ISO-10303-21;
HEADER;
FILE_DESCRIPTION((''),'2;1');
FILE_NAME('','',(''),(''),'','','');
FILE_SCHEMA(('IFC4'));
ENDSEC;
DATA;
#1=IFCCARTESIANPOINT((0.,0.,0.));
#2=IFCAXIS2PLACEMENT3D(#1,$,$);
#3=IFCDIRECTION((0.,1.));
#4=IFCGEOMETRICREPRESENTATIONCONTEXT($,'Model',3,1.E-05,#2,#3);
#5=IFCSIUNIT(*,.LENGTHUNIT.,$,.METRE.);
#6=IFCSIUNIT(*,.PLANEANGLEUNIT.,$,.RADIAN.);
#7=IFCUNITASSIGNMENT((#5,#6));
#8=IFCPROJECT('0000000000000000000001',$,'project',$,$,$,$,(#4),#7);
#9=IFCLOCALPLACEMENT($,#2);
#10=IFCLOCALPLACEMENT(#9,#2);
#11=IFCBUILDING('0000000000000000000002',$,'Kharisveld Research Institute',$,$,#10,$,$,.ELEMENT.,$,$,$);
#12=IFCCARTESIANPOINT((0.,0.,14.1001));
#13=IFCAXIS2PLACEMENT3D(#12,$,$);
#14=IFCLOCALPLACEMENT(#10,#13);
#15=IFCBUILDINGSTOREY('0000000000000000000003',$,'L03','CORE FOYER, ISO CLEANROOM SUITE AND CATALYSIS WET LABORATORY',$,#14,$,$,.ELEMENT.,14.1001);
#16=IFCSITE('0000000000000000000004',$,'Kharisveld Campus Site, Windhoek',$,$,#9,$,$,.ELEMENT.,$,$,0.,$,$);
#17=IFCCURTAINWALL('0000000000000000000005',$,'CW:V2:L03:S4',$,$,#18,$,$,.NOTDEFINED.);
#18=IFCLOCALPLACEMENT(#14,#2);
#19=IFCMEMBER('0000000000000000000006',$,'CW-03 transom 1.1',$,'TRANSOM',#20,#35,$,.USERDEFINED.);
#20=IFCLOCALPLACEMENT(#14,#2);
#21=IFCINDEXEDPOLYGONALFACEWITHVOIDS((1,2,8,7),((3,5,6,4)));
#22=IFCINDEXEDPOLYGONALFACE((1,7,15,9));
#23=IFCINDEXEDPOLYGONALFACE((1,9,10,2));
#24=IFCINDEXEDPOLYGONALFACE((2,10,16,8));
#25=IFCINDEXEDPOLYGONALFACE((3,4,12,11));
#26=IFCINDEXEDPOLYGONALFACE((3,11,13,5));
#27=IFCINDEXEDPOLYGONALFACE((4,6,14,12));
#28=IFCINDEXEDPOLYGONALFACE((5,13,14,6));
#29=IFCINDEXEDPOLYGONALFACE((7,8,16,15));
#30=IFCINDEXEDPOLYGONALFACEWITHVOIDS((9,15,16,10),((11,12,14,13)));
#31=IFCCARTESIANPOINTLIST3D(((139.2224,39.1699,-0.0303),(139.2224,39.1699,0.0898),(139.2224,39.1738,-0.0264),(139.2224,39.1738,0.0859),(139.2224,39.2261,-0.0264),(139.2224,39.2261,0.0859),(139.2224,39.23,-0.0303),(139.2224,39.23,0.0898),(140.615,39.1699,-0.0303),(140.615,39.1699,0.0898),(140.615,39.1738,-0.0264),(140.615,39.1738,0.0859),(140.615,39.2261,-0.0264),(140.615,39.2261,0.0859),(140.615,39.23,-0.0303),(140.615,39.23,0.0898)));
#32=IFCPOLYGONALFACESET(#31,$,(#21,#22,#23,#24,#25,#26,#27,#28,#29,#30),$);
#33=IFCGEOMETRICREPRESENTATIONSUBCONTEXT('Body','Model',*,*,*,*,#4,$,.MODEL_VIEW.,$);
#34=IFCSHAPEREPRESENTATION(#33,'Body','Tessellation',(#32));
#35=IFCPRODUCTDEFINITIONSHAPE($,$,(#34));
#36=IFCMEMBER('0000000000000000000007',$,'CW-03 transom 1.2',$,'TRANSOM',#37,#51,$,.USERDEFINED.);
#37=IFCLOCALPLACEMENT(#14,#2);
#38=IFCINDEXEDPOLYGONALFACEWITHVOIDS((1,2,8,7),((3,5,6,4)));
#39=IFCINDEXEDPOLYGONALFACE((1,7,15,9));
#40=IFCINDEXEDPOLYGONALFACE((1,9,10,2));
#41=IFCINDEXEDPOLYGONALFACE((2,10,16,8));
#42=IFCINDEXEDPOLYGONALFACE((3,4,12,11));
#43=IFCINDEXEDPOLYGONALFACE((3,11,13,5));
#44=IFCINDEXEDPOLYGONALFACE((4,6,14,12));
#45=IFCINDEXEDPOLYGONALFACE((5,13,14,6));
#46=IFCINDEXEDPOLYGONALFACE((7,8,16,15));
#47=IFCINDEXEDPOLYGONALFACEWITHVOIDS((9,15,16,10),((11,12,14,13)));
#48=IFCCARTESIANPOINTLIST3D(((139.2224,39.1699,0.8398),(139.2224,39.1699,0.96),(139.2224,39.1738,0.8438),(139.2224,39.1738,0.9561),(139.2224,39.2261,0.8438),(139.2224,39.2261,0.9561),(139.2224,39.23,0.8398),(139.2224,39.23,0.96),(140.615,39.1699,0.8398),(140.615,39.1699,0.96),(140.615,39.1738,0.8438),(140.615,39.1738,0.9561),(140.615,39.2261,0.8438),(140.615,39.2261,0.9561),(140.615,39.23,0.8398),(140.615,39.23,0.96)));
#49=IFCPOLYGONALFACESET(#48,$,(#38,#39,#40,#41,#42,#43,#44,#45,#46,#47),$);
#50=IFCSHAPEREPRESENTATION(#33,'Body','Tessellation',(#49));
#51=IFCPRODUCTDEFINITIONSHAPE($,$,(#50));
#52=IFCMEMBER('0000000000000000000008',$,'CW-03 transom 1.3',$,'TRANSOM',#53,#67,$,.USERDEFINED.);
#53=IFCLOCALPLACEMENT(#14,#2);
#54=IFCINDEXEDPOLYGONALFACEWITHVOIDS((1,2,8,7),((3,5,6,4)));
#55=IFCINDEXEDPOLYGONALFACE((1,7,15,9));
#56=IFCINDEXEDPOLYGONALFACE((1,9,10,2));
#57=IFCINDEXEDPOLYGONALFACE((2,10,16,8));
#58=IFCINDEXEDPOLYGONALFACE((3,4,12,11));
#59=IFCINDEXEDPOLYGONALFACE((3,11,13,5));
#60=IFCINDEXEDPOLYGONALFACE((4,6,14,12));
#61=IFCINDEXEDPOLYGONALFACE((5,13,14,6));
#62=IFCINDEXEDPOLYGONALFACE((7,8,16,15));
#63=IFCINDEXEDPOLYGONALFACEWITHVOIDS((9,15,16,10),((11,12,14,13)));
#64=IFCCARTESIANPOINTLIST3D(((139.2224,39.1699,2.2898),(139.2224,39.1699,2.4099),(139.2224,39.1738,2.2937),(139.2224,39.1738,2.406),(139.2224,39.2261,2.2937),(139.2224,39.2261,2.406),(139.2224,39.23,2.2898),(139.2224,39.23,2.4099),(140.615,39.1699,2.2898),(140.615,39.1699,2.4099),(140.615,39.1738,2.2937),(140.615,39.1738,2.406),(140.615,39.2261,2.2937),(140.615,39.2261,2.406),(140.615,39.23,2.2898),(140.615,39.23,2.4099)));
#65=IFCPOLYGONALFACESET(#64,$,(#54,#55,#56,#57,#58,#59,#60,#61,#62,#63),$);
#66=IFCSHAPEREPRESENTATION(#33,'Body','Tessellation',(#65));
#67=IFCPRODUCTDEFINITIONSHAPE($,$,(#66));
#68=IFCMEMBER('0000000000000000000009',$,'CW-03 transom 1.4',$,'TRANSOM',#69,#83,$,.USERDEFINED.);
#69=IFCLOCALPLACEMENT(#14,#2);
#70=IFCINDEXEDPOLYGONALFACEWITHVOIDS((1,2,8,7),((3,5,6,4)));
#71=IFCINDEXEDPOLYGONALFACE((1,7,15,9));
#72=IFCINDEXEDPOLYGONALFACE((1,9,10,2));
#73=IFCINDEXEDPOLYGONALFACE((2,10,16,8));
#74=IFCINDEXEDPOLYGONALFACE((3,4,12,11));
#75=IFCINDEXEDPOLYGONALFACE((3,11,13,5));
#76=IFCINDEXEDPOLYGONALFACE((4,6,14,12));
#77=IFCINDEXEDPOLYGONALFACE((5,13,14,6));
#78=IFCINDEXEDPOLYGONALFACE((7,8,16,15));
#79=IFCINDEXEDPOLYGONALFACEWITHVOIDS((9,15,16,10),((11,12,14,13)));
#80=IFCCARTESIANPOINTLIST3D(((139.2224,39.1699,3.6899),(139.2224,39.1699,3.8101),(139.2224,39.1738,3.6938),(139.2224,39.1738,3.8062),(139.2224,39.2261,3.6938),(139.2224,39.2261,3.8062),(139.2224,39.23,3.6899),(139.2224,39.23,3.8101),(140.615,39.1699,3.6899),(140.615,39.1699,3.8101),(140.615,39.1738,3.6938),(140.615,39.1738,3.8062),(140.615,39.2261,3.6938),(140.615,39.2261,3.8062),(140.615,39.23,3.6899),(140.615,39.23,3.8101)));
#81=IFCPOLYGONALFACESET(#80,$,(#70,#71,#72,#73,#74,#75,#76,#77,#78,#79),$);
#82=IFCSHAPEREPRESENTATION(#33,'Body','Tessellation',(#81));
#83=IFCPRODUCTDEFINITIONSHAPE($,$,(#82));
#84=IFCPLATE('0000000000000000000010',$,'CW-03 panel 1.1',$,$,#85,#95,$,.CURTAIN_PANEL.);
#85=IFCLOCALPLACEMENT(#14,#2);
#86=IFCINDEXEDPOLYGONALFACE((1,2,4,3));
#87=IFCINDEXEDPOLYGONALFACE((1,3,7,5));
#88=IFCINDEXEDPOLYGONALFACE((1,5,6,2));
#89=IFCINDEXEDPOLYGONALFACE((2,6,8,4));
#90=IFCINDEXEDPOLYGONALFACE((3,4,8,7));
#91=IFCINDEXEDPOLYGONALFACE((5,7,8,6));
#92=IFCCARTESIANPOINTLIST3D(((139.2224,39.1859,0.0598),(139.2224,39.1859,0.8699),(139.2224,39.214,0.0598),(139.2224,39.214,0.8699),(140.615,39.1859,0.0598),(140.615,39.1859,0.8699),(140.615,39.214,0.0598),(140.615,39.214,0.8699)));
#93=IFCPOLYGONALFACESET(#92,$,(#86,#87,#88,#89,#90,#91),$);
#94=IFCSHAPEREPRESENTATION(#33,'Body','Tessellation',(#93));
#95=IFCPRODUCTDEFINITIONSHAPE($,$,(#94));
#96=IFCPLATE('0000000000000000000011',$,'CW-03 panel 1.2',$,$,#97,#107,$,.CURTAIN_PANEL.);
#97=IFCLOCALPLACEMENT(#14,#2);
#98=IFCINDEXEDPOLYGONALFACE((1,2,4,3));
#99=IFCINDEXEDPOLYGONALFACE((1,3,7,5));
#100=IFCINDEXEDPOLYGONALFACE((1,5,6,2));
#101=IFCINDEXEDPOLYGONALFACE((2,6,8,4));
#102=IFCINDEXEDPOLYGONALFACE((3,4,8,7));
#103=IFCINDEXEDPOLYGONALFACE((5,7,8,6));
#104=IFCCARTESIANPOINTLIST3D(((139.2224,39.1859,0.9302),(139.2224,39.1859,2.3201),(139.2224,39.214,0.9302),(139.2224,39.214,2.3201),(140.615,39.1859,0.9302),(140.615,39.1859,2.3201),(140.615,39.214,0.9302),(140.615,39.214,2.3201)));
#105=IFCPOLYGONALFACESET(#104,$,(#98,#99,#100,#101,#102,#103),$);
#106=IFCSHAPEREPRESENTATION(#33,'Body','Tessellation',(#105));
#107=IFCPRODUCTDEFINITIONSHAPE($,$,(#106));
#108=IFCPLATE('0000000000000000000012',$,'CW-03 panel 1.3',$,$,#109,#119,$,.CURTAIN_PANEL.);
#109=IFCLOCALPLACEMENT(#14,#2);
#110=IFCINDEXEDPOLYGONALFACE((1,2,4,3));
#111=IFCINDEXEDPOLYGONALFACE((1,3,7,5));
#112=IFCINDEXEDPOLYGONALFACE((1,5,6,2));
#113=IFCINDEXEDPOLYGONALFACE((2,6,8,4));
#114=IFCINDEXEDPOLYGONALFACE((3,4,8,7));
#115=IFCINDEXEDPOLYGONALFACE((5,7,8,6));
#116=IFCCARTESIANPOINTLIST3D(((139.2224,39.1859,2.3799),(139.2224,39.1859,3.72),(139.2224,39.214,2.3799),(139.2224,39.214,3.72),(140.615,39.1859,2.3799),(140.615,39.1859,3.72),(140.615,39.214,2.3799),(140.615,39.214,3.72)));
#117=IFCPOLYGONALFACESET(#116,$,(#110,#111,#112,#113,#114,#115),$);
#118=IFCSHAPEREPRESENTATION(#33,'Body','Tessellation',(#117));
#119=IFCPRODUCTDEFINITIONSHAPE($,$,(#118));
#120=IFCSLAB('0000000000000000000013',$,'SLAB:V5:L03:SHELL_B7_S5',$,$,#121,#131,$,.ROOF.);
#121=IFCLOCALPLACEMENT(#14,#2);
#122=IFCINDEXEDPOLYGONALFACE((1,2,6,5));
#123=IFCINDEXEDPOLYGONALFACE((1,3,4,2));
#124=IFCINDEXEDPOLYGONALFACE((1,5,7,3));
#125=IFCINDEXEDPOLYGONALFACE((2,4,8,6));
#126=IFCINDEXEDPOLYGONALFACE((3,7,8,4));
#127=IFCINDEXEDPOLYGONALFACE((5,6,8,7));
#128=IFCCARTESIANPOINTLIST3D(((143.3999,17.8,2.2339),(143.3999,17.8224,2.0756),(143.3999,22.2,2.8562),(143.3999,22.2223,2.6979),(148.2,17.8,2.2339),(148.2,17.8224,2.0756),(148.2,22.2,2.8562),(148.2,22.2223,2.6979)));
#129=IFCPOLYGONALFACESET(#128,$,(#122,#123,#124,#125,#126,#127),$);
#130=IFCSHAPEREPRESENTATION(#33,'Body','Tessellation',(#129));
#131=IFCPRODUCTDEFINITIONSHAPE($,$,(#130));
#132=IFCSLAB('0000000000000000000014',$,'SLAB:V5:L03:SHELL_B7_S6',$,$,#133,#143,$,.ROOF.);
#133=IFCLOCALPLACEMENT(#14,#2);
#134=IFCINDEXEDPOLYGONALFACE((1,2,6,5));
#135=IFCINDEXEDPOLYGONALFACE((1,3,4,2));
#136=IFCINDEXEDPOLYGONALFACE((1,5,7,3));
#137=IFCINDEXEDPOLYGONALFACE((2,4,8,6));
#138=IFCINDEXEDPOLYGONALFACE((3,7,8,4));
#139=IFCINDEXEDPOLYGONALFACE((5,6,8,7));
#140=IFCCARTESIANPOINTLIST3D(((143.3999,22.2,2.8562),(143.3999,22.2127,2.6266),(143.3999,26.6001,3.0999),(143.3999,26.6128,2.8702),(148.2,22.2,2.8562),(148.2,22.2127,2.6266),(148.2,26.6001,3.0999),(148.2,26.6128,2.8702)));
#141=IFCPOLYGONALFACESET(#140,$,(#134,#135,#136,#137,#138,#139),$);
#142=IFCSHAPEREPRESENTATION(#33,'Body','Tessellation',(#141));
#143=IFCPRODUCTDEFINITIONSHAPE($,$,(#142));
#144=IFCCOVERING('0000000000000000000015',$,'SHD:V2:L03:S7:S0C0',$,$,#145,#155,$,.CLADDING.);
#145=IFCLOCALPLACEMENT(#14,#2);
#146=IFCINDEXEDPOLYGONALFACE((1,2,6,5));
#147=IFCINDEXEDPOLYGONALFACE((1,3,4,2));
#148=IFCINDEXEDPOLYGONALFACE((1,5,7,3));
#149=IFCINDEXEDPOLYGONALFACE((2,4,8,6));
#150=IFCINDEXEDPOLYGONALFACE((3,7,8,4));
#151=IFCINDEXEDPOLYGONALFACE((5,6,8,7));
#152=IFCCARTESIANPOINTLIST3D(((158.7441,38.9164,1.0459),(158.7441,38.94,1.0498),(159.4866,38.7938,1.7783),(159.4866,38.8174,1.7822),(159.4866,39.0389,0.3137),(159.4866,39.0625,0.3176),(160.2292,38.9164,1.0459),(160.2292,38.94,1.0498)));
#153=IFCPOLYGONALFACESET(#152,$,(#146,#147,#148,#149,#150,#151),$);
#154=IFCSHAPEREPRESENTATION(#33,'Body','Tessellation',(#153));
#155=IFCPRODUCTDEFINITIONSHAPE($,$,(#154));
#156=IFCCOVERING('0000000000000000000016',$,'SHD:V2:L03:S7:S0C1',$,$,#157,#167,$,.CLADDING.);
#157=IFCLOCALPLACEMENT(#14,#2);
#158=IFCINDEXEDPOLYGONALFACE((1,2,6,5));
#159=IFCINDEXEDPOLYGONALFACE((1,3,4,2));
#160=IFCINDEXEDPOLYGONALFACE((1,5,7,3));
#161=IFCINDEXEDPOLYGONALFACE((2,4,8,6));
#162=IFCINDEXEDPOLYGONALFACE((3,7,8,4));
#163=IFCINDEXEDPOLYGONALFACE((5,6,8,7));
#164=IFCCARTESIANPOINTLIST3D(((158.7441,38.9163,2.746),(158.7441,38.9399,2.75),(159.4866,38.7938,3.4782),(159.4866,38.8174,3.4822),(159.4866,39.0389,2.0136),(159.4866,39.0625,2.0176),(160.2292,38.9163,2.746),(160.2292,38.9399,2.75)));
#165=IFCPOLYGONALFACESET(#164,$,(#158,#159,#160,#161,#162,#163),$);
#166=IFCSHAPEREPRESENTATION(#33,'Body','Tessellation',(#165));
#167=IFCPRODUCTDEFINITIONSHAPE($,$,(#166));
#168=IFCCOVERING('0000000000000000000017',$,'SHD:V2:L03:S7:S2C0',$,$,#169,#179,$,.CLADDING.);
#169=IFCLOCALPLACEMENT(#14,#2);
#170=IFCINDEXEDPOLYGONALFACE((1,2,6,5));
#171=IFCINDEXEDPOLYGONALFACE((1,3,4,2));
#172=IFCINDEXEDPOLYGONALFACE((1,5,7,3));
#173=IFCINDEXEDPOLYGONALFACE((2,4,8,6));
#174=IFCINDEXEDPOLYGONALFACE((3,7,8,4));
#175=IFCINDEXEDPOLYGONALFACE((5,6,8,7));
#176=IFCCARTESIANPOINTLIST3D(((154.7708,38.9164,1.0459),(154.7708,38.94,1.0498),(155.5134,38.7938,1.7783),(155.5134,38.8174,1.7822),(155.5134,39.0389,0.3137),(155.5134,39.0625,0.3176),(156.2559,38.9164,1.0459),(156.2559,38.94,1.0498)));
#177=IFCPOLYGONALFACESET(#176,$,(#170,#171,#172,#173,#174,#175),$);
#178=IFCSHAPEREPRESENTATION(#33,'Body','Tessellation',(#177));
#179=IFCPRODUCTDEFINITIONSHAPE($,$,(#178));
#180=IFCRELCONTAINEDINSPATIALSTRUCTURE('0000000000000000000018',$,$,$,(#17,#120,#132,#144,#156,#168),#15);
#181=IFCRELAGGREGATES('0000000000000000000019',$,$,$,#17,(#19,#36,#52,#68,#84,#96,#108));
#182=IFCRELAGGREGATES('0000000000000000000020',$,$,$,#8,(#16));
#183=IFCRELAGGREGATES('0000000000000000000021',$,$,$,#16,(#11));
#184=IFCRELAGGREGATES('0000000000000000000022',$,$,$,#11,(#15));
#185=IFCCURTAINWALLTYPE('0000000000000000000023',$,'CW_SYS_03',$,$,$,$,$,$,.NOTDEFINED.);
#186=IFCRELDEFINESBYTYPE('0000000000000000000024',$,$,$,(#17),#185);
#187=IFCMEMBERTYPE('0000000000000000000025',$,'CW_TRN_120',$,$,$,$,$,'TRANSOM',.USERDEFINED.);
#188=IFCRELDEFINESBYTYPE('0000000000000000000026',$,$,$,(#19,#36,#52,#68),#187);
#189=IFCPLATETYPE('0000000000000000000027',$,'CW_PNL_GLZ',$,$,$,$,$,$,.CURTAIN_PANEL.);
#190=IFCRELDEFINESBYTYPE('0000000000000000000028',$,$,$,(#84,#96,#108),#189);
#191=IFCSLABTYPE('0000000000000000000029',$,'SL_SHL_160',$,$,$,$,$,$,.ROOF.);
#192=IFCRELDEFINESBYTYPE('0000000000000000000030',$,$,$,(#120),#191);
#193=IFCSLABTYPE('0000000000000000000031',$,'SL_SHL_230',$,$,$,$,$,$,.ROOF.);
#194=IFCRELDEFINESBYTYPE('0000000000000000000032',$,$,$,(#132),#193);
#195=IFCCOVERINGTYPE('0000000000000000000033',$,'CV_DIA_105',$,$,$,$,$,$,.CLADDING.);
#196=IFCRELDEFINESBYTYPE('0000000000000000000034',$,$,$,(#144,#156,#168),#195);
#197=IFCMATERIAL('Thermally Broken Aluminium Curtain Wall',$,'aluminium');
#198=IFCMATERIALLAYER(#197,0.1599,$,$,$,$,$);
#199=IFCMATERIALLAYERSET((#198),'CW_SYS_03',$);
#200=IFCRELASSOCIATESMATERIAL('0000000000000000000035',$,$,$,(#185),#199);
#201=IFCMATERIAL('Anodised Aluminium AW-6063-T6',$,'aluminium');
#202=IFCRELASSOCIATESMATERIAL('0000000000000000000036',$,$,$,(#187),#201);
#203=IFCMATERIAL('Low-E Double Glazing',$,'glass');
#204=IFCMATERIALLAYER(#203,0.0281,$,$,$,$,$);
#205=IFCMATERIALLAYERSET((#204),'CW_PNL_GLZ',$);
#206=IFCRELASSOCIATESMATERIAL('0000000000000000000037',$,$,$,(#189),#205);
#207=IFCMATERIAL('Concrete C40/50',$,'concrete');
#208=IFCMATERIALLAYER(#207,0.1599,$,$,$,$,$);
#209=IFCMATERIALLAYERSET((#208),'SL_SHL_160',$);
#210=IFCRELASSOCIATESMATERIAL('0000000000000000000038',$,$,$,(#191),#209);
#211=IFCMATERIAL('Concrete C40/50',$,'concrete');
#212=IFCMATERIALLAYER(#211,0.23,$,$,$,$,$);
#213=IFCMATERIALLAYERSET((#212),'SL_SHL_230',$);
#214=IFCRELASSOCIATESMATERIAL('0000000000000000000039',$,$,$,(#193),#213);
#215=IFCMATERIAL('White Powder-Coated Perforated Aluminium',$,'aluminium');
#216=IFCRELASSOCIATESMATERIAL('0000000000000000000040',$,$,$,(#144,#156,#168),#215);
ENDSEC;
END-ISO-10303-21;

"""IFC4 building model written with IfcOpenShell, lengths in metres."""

from ifc_helpers import new_model, si_unit, direction, frame, origin, origin_2d, place, context, subcontext, project, spatial, polyline, rectangle, hollow_rectangle, outline, extrude, material, layer, layer_set, material_profile, profile_set, type_object, element, aggregate, save


model = new_model("IFC4")

# Units and contexts
model_context = context("Model", 3, precision=1e-05, world=origin(), true_north=direction((0.0, 1.0)))
body_context = subcontext(model_context, "Body", "Model", "MODEL_VIEW")
ifc_project = project(units=[si_unit("LENGTHUNIT", "METRE"), si_unit("PLANEANGLEUNIT", "RADIAN")], contexts=[model_context])

# Site, building, storey
site_placement = place(None, origin())
site = spatial("IfcSite", under=ifc_project, at=site_placement, Name="Kharisveld Campus Site, Windhoek", CompositionType="ELEMENT", RefElevation=0.0)
building_placement = place(site_placement, origin())
building = spatial("IfcBuilding", under=site, at=building_placement, Name="Kharisveld Research Institute", CompositionType="ELEMENT")
storey_placement = place(building_placement, frame((0.0, 0.0, 14.1001)))
storey = spatial("IfcBuildingStorey", under=building, at=storey_placement, Name="L03", Description="CORE FOYER, ISO CLEANROOM SUITE AND CATALYSIS WET LABORATORY", CompositionType="ELEMENT", Elevation=14.1001)

# Curtain wall, members, plates
ifc_material_1 = material(Name="Thermally Broken Aluminium Curtain Wall", Category="aluminium")
ifc_layer_1 = layer(ifc_material_1, 0.1599)
ifc_layer_set_1 = layer_set([ifc_layer_1], Name="CW_SYS_03")
curtain_wall_type = type_object("IfcCurtainWallType", Name="CW_SYS_03", PredefinedType="NOTDEFINED", material=ifc_layer_set_1)
curtain_wall_placement = place(storey_placement, origin())
curtain_wall = element("IfcCurtainWall", 1, at=curtain_wall_placement, inside=storey, type_object=curtain_wall_type, Name="CW:V2:L03:S4", PredefinedType="NOTDEFINED")
ifc_material_2 = material(Name="Anodised Aluminium AW-6063-T6", Category="aluminium")
ifc_material_profile = material_profile(ifc_material_2, hollow_rectangle(XDim=0.0601, YDim=0.1201, WallThickness=0.0039, at=origin_2d()))
ifc_profile_set = profile_set([ifc_material_profile], Name="Anodised Aluminium AW-6063-T6")
member_type = type_object("IfcMemberType", Name="CW_TRN_120", ElementType="TRANSOM", PredefinedType="USERDEFINED", material=ifc_profile_set)
member_1_placement = place(storey_placement, frame((140.615, 39.2, 0.0298), z_axis=(-1.0, 0.0, 0.0), x_axis=(0.0, -1.0, 0.0)))
member_1 = element("IfcMember", 2, at=member_1_placement, type_object=member_type, Name="CW-03 transom 1.1", ObjectType="TRANSOM", PredefinedType="USERDEFINED", context=body_context, shape_type="SweptSolid", body=[
    extrude(hollow_rectangle(XDim=0.0601, YDim=0.1201, WallThickness=0.0039, at=origin_2d()), origin(), (0.0, 0.0, 1.0), 1.3926),
])
member_2_placement = place(storey_placement, frame((140.615, 39.2, 0.8999), z_axis=(-1.0, 0.0, 0.0), x_axis=(0.0, -1.0, 0.0)))
member_2 = element("IfcMember", 3, at=member_2_placement, type_object=member_type, Name="CW-03 transom 1.2", ObjectType="TRANSOM", PredefinedType="USERDEFINED", context=body_context, shape_type="SweptSolid", body=[
    extrude(hollow_rectangle(XDim=0.0601, YDim=0.1201, WallThickness=0.0039, at=origin_2d()), origin(), (0.0, 0.0, 1.0), 1.3926),
])
member_3_placement = place(storey_placement, frame((140.615, 39.2, 2.3499), z_axis=(-1.0, 0.0, 0.0), x_axis=(0.0, -1.0, 0.0)))
member_3 = element("IfcMember", 4, at=member_3_placement, type_object=member_type, Name="CW-03 transom 1.3", ObjectType="TRANSOM", PredefinedType="USERDEFINED", context=body_context, shape_type="SweptSolid", body=[
    extrude(hollow_rectangle(XDim=0.0601, YDim=0.1201, WallThickness=0.0039, at=origin_2d()), origin(), (0.0, 0.0, 1.0), 1.3926),
])
member_4_placement = place(storey_placement, frame((140.615, 39.2, 3.75), z_axis=(-1.0, 0.0, 0.0), x_axis=(0.0, -1.0, 0.0)))
member_4 = element("IfcMember", 5, at=member_4_placement, type_object=member_type, Name="CW-03 transom 1.4", ObjectType="TRANSOM", PredefinedType="USERDEFINED", context=body_context, shape_type="SweptSolid", body=[
    extrude(hollow_rectangle(XDim=0.0601, YDim=0.1201, WallThickness=0.0039, at=origin_2d()), origin(), (0.0, 0.0, 1.0), 1.3926),
])
ifc_material_3 = material(Name="Low-E Double Glazing", Category="glass")
ifc_layer_2 = layer(ifc_material_3, 0.0281)
ifc_layer_set_2 = layer_set([ifc_layer_2], Name="CW_PNL_GLZ")
plate_type = type_object("IfcPlateType", Name="CW_PNL_GLZ", PredefinedType="CURTAIN_PANEL", material=ifc_layer_set_2)
plate_1_placement = place(storey_placement, frame((139.9187, 39.2, 0.0598), z_axis=(0.0, 0.0, 1.0), x_axis=(-1.0, 0.0, 0.0)))
plate_1 = element("IfcPlate", 6, at=plate_1_placement, type_object=plate_type, Name="CW-03 panel 1.1", PredefinedType="CURTAIN_PANEL", context=body_context, shape_type="SweptSolid", body=[
    extrude(rectangle(XDim=1.3926, YDim=0.0281, at=origin_2d()), origin(), (0.0, 0.0, 1.0), 0.8101),
])
plate_2_placement = place(storey_placement, frame((139.9187, 39.2, 0.9302), z_axis=(0.0, 0.0, 1.0), x_axis=(-1.0, 0.0, 0.0)))
plate_2 = element("IfcPlate", 7, at=plate_2_placement, type_object=plate_type, Name="CW-03 panel 1.2", PredefinedType="CURTAIN_PANEL", context=body_context, shape_type="SweptSolid", body=[
    extrude(rectangle(XDim=1.3926, YDim=0.0281, at=origin_2d()), origin(), (0.0, 0.0, 1.0), 1.3899),
])
plate_3_placement = place(storey_placement, frame((139.9187, 39.2, 2.3799), z_axis=(0.0, 0.0, 1.0), x_axis=(-1.0, 0.0, 0.0)))
plate_3 = element("IfcPlate", 8, at=plate_3_placement, type_object=plate_type, Name="CW-03 panel 1.3", PredefinedType="CURTAIN_PANEL", context=body_context, shape_type="SweptSolid", body=[
    extrude(rectangle(XDim=1.3926, YDim=0.0281, at=origin_2d()), origin(), (0.0, 0.0, 1.0), 1.3401),
])
aggregate(curtain_wall, [member_1, member_2, member_3, member_4, plate_1, plate_2, plate_3])

# Slabs
ifc_material_4 = material(Name="Concrete C40/50", Category="concrete")
ifc_layer_3 = layer(ifc_material_4, 0.1599)
ifc_layer_set_3 = layer_set([ifc_layer_3], Name="SL_SHL_160")
slab_type_1 = type_object("IfcSlabType", Name="SL_SHL_160", PredefinedType="ROOF", material=ifc_layer_set_3)
slab_1_placement = place(storey_placement, frame((143.3999, 17.8, 2.2339), z_axis=(0.0, -0.140044, 0.990145), x_axis=(1.0, 0.0, 0.0)))
element("IfcSlab", 9, at=slab_1_placement, inside=storey, type_object=slab_type_1, Name="SLAB:V5:L03:SHELL_B7_S5", PredefinedType="ROOF", context=body_context, shape_type="SweptSolid", body=[
    extrude(outline(polyline([(0.0, 0.0), (4.8, 0.0), (4.8, 4.4437), (0.0, 4.4437), (0.0, 0.0)])), origin(), (0.0, 0.0, -1.0), 0.1599),
])
ifc_material_5 = material(Name="Concrete C40/50", Category="concrete")
ifc_layer_4 = layer(ifc_material_5, 0.23)
ifc_layer_set_4 = layer_set([ifc_layer_4], Name="SL_SHL_230")
slab_type_2 = type_object("IfcSlabType", Name="SL_SHL_230", PredefinedType="ROOF", material=ifc_layer_set_4)
slab_2_placement = place(storey_placement, frame((143.3999, 22.2, 2.8562), z_axis=(0.0, -0.055289, 0.99847), x_axis=(1.0, 0.0, 0.0)))
element("IfcSlab", 10, at=slab_2_placement, inside=storey, type_object=slab_type_2, Name="SLAB:V5:L03:SHELL_B7_S6", PredefinedType="ROOF", context=body_context, shape_type="SweptSolid", body=[
    extrude(outline(polyline([(0.0, 0.0), (4.8, 0.0), (4.8, 4.4069), (0.0, 4.4069), (0.0, 0.0)])), origin(), (0.0, 0.0, -1.0), 0.23),
])

# Coverings
ifc_material_6 = material(Name="White Powder-Coated Perforated Aluminium", Category="aluminium")
covering_type = type_object("IfcCoveringType", Name="CV_DIA_105", PredefinedType="CLADDING")
covering_1_placement = place(storey_placement, frame((159.4866, 39.0625, 0.3176), z_axis=(0.0, 0.986283, 0.165065), x_axis=(-0.707139, -0.116714, 0.697376)))
element("IfcCovering", 11, at=covering_1_placement, inside=storey, type_object=covering_type, material=ifc_material_6, Name="SHD:V2:L03:S7:S0C0", PredefinedType="CLADDING", context=body_context, shape_type="SweptSolid", body=[
    extrude(outline(polyline([(0.0, 0.0), (1.0499, 0.0), (1.05, 1.0501), (-0.0003, 1.0501), (0.0, 0.0)])), origin(), (0.0, 0.0, -1.0), 0.0239),
])
covering_2_placement = place(storey_placement, frame((159.4866, 39.0625, 2.0176), z_axis=(0.0, 0.986283, 0.165065), x_axis=(-0.707024, -0.116733, 0.697489)))
element("IfcCovering", 12, at=covering_2_placement, inside=storey, type_object=covering_type, material=ifc_material_6, Name="SHD:V2:L03:S7:S0C1", PredefinedType="CLADDING", context=body_context, shape_type="SweptSolid", body=[
    extrude(outline(polyline([(0.0, 0.0), (1.0501, 0.0), (1.0502, 1.0499), (0.0001, 1.0503), (0.0, 0.0)])), origin(), (0.0, 0.0, -1.0), 0.0239),
])
covering_3_placement = place(storey_placement, frame((155.5134, 39.0625, 0.3176), z_axis=(0.0, 0.986283, 0.165065), x_axis=(-0.707255, -0.116694, 0.697261)))
element("IfcCovering", 13, at=covering_3_placement, inside=storey, type_object=covering_type, material=ifc_material_6, Name="SHD:V2:L03:S7:S2C0", PredefinedType="CLADDING", context=body_context, shape_type="SweptSolid", body=[
    extrude(outline(polyline([(0.0, 0.0), (1.0501, 0.0), (1.0498, 1.0503), (-0.0003, 1.0499), (0.0, 0.0)])), origin(), (0.0, 0.0, -1.0), 0.0239),
])

save(model, "model.ifc")
